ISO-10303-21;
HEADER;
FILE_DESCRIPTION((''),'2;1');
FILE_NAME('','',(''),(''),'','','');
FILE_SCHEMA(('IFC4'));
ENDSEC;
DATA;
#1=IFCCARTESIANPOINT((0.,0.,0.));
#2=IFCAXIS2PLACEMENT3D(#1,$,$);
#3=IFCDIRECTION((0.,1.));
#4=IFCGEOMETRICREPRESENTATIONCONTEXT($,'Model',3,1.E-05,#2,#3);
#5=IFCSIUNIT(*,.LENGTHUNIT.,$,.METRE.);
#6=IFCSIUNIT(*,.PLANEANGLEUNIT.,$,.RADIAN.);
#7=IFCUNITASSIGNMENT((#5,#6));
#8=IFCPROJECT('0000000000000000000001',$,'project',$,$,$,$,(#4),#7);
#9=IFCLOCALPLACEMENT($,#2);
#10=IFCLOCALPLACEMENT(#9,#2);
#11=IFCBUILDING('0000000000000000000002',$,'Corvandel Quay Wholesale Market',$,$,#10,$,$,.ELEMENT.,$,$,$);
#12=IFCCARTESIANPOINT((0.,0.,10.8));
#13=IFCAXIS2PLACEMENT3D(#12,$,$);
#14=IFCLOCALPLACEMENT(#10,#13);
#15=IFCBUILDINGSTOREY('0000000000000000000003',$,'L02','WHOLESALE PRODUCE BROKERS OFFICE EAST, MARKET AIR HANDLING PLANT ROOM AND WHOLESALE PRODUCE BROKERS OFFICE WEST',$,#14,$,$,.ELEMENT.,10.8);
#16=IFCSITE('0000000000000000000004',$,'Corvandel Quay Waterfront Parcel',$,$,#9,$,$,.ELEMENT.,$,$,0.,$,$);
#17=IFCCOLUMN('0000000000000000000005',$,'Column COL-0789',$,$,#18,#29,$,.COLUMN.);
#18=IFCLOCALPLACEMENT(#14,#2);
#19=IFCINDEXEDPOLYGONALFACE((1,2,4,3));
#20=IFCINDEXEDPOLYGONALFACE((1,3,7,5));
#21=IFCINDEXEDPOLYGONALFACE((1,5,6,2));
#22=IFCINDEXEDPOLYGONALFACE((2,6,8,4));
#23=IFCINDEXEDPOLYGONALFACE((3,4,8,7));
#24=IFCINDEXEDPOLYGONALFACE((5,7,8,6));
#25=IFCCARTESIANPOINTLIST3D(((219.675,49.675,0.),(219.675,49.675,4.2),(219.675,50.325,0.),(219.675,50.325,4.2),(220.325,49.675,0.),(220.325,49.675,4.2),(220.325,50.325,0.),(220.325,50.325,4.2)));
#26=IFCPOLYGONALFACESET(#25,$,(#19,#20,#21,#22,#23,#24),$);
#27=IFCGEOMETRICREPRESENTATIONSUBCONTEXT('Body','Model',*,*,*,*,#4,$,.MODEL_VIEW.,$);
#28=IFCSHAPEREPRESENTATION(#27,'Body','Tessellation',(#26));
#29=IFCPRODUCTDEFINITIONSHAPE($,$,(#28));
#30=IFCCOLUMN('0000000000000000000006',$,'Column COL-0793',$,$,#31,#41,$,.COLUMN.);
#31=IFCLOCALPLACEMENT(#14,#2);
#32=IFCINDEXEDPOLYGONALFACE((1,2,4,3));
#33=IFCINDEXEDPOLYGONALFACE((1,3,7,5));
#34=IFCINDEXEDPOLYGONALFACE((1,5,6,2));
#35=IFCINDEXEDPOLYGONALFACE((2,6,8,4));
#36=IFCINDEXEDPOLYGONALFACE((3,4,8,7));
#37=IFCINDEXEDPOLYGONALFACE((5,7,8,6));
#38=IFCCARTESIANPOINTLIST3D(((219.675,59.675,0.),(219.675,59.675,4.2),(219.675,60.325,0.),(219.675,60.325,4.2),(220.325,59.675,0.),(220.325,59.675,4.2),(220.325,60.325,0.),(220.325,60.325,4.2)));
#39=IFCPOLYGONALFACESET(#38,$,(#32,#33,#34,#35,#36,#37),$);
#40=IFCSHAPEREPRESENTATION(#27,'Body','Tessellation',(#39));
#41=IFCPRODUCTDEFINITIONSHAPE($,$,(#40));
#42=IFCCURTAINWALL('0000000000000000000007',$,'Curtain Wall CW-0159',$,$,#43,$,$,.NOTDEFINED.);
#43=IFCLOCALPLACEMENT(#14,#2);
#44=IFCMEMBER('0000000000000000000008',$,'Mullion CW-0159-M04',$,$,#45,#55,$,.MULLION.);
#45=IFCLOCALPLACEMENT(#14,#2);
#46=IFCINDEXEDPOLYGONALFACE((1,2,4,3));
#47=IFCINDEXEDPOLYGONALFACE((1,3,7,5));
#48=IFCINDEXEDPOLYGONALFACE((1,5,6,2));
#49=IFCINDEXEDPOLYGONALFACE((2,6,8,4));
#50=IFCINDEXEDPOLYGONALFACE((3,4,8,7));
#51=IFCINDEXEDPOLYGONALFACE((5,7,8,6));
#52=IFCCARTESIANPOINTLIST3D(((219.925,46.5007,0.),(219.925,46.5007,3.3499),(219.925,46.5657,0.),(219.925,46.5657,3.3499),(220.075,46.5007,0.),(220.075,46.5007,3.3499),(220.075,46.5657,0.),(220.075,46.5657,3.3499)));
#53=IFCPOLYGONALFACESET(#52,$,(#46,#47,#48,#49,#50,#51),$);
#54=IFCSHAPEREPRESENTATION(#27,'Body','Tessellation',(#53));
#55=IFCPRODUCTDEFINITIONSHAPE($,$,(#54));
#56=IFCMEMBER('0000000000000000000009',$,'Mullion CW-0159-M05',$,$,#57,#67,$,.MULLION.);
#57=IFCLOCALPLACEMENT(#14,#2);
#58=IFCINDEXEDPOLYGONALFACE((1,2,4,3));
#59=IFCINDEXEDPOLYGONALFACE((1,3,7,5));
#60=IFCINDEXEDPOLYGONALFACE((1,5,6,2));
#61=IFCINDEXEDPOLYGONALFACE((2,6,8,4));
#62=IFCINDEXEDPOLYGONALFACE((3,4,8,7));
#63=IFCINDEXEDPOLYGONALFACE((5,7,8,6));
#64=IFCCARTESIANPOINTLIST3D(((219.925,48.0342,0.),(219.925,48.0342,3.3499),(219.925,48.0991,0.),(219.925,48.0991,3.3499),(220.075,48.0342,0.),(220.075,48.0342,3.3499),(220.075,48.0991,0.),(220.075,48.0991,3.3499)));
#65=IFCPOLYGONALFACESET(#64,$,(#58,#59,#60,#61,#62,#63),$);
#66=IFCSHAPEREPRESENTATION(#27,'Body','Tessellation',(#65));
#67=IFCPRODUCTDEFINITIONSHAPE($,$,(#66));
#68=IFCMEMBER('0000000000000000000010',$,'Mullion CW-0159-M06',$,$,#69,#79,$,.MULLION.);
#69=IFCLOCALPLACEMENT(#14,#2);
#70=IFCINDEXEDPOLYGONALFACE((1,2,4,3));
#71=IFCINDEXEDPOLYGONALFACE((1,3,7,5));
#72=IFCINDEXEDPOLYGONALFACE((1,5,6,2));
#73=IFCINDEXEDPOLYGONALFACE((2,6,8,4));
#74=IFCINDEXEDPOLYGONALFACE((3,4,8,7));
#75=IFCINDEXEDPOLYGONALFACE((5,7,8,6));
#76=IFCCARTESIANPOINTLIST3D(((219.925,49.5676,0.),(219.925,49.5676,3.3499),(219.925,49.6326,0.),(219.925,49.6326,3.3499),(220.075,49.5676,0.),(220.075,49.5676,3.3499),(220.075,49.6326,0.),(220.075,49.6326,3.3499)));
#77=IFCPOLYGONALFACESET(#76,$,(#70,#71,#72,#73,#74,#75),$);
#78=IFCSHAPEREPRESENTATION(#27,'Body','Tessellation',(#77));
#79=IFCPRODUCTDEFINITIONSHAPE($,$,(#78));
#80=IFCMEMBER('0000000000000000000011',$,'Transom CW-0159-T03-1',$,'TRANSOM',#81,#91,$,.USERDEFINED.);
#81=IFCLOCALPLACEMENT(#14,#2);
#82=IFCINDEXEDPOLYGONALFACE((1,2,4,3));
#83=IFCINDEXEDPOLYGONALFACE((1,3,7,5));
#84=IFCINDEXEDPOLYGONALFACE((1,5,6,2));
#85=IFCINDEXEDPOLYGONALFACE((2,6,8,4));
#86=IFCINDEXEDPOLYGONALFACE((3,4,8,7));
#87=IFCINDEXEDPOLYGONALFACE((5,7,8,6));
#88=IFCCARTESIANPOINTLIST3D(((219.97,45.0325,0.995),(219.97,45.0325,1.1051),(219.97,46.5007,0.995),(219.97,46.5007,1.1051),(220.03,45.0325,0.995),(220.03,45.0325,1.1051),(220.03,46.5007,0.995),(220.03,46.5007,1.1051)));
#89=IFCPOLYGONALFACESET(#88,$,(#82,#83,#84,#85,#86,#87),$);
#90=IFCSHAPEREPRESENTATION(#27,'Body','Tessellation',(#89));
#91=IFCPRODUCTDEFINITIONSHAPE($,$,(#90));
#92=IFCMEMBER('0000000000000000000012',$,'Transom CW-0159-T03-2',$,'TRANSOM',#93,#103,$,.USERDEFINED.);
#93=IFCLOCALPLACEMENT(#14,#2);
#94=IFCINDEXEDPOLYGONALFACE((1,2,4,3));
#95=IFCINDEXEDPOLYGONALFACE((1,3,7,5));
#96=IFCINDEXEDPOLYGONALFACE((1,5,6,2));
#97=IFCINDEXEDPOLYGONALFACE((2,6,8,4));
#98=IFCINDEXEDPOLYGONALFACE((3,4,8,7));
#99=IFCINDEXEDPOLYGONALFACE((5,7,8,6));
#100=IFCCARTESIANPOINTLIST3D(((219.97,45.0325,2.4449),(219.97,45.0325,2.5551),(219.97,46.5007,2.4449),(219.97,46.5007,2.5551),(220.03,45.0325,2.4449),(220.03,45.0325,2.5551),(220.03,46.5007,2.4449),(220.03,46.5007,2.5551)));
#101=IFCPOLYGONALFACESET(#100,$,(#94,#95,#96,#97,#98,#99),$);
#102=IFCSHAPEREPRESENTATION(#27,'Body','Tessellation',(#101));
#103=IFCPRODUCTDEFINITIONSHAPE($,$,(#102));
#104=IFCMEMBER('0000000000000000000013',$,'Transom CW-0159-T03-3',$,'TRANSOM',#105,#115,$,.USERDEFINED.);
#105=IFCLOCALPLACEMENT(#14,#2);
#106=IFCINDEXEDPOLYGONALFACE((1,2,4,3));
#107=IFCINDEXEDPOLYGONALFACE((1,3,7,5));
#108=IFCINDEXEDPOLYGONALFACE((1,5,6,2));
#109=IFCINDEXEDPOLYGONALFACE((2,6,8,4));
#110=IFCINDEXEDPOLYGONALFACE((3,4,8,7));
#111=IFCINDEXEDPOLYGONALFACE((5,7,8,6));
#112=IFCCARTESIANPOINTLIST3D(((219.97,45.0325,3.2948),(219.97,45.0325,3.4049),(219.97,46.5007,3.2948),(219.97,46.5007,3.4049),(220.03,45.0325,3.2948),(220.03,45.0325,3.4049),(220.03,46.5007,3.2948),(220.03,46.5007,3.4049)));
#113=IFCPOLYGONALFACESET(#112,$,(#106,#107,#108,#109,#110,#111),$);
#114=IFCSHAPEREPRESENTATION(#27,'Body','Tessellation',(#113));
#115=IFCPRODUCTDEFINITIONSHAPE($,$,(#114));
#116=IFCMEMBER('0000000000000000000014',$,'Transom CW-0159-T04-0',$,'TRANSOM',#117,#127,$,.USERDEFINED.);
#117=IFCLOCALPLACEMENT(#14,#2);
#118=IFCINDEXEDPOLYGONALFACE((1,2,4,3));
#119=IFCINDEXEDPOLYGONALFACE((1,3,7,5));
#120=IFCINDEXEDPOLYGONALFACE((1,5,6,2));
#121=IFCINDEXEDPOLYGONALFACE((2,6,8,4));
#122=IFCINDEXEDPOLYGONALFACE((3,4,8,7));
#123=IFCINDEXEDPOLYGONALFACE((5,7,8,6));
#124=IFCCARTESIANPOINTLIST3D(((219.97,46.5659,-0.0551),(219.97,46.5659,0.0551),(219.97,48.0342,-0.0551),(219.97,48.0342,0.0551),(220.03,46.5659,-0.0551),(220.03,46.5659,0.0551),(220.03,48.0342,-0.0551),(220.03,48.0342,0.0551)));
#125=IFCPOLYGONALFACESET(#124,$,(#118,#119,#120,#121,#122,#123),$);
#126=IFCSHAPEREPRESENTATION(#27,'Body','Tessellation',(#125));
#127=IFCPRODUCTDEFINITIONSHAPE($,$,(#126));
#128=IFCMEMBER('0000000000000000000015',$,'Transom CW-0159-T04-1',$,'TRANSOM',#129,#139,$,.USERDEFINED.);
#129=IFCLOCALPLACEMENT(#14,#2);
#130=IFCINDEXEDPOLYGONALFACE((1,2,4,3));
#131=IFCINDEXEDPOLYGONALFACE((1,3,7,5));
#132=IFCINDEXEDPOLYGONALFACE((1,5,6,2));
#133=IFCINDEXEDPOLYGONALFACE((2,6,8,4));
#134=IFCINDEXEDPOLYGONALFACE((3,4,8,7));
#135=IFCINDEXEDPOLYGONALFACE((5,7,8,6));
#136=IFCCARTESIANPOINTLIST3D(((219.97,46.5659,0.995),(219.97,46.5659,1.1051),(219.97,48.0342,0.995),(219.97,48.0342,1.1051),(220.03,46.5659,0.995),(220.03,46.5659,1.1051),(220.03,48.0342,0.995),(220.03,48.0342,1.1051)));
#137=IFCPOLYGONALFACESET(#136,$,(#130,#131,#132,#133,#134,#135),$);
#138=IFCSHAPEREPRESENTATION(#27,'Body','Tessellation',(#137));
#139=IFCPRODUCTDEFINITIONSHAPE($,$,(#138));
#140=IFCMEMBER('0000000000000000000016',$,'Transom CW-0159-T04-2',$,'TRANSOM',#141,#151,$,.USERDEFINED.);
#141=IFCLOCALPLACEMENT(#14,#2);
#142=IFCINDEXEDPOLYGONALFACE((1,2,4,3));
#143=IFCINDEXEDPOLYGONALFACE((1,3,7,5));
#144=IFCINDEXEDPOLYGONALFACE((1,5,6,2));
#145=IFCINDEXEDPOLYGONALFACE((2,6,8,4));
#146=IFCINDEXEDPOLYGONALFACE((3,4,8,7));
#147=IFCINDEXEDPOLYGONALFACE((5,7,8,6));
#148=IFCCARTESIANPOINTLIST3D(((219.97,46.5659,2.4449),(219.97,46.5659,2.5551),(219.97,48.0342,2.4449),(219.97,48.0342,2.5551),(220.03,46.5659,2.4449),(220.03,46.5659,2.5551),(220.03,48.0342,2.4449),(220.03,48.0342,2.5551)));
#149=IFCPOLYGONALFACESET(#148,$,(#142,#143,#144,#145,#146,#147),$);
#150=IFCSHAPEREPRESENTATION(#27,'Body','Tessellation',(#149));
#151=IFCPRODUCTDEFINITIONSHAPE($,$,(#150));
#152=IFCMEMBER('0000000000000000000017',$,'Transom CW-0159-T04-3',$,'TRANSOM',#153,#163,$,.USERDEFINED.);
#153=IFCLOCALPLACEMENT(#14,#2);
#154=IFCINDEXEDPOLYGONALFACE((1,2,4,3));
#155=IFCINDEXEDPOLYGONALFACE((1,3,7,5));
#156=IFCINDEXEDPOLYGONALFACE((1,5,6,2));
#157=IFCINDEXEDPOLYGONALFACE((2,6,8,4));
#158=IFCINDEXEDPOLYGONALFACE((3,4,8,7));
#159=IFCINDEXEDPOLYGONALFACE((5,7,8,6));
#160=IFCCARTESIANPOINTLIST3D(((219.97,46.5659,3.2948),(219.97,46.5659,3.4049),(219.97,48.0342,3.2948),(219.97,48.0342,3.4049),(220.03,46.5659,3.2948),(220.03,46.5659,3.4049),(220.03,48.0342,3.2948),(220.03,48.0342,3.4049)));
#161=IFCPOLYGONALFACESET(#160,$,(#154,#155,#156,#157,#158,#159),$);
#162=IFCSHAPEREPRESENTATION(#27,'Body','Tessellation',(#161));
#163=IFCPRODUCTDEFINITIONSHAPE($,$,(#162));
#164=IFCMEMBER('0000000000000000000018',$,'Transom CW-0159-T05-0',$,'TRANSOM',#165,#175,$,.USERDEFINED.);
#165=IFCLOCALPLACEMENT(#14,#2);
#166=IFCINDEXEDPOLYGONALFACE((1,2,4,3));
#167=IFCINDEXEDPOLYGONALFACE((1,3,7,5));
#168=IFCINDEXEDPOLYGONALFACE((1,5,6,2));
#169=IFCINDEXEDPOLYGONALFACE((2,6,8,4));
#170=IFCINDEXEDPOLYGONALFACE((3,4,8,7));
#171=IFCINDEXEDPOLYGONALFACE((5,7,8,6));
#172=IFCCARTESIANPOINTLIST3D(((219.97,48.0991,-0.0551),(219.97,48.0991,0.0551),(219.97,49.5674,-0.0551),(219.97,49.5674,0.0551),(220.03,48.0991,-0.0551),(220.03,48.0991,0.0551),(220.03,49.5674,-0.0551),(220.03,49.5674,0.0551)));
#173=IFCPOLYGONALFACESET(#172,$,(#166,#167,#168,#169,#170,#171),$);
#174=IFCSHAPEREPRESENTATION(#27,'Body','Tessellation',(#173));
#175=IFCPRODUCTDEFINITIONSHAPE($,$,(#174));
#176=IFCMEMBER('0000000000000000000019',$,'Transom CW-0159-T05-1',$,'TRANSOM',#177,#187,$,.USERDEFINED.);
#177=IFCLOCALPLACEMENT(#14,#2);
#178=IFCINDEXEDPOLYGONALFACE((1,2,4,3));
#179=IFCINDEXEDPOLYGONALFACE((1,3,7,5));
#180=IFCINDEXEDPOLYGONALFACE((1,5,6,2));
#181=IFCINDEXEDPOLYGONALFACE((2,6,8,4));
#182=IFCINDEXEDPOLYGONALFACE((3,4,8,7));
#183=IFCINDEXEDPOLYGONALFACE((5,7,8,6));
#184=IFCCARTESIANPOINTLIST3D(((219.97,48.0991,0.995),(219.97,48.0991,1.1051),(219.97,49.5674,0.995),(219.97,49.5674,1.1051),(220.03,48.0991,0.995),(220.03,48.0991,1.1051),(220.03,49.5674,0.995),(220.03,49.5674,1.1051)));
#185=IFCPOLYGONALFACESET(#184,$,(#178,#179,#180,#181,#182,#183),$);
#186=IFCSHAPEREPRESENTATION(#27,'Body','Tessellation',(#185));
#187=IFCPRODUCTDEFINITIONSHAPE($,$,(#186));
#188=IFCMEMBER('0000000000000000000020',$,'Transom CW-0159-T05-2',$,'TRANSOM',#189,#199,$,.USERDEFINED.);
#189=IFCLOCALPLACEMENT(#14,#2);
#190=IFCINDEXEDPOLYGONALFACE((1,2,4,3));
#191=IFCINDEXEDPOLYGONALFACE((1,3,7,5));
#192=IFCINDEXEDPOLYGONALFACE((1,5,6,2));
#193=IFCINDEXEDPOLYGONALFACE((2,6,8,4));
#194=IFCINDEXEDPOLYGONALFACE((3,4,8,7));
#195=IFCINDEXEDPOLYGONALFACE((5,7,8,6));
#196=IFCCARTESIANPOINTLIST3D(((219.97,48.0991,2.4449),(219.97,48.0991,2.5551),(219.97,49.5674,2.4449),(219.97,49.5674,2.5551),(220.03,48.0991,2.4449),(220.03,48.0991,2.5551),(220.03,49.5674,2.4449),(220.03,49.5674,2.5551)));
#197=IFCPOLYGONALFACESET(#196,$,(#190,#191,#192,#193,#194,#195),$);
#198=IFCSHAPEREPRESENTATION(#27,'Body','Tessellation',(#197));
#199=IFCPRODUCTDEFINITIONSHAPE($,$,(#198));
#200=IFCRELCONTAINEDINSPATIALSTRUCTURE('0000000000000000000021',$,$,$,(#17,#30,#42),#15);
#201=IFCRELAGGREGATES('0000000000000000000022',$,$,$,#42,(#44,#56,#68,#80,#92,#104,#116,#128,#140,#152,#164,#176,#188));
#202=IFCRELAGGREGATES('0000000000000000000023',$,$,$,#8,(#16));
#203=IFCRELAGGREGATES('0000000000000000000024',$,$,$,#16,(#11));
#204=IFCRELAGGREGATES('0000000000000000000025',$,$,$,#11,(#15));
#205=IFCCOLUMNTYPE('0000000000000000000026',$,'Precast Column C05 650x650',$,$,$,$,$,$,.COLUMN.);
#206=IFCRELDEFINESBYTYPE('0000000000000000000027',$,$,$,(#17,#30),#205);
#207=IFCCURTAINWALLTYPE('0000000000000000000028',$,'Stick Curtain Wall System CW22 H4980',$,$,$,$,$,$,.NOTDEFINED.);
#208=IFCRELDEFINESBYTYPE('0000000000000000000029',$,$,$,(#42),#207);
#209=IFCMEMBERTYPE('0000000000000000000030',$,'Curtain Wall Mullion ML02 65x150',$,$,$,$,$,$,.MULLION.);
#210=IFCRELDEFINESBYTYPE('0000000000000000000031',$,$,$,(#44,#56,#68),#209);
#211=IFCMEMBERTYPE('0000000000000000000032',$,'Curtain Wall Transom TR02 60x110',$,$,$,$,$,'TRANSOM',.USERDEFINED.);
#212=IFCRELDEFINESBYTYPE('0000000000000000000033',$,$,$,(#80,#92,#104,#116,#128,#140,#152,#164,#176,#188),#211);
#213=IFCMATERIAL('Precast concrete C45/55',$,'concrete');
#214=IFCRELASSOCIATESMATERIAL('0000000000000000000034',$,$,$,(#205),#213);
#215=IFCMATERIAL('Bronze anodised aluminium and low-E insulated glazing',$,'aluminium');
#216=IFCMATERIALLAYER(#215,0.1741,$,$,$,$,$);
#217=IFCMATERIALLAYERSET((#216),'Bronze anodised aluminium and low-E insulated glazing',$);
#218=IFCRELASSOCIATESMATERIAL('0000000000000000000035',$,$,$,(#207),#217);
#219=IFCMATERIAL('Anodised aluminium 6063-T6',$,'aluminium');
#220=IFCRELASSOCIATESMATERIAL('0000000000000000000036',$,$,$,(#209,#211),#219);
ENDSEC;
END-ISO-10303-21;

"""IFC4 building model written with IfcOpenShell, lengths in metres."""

from ifc_helpers import new_model, si_unit, direction, frame, origin, origin_2d, place, context, subcontext, project, spatial, rectangle, extrude, material, layer, layer_set, material_profile, profile_set, type_object, element, aggregate, save


model = new_model("IFC4")

# Units and contexts
model_context = context("Model", 3, precision=1e-05, world=origin(), true_north=direction((0.0, 1.0)))
body_context = subcontext(model_context, "Body", "Model", "MODEL_VIEW")
ifc_project = project(units=[si_unit("LENGTHUNIT", "METRE"), si_unit("PLANEANGLEUNIT", "RADIAN")], contexts=[model_context])

# Site, building, storey
site_placement = place(None, origin())
site = spatial("IfcSite", under=ifc_project, at=site_placement, Name="Corvandel Quay Waterfront Parcel", CompositionType="ELEMENT", RefElevation=0.0)
building_placement = place(site_placement, origin())
building = spatial("IfcBuilding", under=site, at=building_placement, Name="Corvandel Quay Wholesale Market", CompositionType="ELEMENT")
storey_placement = place(building_placement, frame((0.0, 0.0, 10.8)))
storey = spatial("IfcBuildingStorey", under=building, at=storey_placement, Name="L02", Description="WHOLESALE PRODUCE BROKERS OFFICE EAST, MARKET AIR HANDLING PLANT ROOM AND WHOLESALE PRODUCE BROKERS OFFICE WEST", CompositionType="ELEMENT", Elevation=10.8)

# Columns
ifc_material_1 = material(Name="Precast concrete C45/55", Category="concrete")
ifc_material_profile_1 = material_profile(ifc_material_1, rectangle(XDim=0.6499, YDim=0.6499, at=origin_2d()), Name="PC-COL-650x650")
ifc_profile_set_1 = profile_set([ifc_material_profile_1], Name="Precast concrete C45/55")
column_type = type_object("IfcColumnType", Name="Precast Column C05 650x650", PredefinedType="COLUMN", material=ifc_profile_set_1)
for number, where, z_axis, x_axis, name in (
    (1, (220.0, 50.0, 0.0), (0.0, 0.0, 1.0), (1.0, 0.0, 0.0), "Column COL-0789"),
    (2, (220.0, 60.0, 0.0), (0.0, 0.0, 1.0), (1.0, 0.0, 0.0), "Column COL-0793"),
):
    element("IfcColumn", number, at=place(storey_placement, frame(where, z_axis=z_axis, x_axis=x_axis)), inside=storey, type_object=column_type, Name=name, PredefinedType="COLUMN", context=body_context, shape_type="SweptSolid", body=[
        extrude(rectangle(XDim=0.6499, YDim=0.6499, at=origin_2d()), origin(), (0.0, 0.0, 1.0), 4.2),
    ])

# Curtain wall, members
ifc_material_2 = material(Name="Bronze anodised aluminium and low-E insulated glazing", Category="aluminium")
ifc_layer_1 = layer(ifc_material_2, 0.1741)
ifc_layer_set_1 = layer_set([ifc_layer_1], Name="Bronze anodised aluminium and low-E insulated glazing")
curtain_wall_type = type_object("IfcCurtainWallType", Name="Stick Curtain Wall System CW22 H4980", PredefinedType="NOTDEFINED", material=ifc_layer_set_1)
curtain_wall_placement = place(storey_placement, origin())
curtain_wall = element("IfcCurtainWall", 3, at=curtain_wall_placement, inside=storey, type_object=curtain_wall_type, Name="Curtain Wall CW-0159", PredefinedType="NOTDEFINED")
ifc_material_3 = material(Name="Anodised aluminium 6063-T6", Category="aluminium")
ifc_material_profile_2 = material_profile(ifc_material_3, rectangle(XDim=0.0649, YDim=0.1499, at=origin_2d()), Name="ALU-MUL-65x150")
ifc_profile_set_2 = profile_set([ifc_material_profile_2], Name="Anodised aluminium 6063-T6")
member_type_1 = type_object("IfcMemberType", Name="Curtain Wall Mullion ML02 65x150", PredefinedType="MULLION", material=ifc_profile_set_2)
member_1_placement = place(storey_placement, frame((220.0, 46.5332, 0.0), z_axis=(0.0, 0.0, 1.0), x_axis=(0.0, 1.0, 0.0)))
member_1 = element("IfcMember", 4, at=member_1_placement, type_object=member_type_1, Name="Mullion CW-0159-M04", PredefinedType="MULLION", context=body_context, shape_type="SweptSolid", body=[
    extrude(rectangle(XDim=0.0649, YDim=0.1499, at=origin_2d()), origin(), (0.0, 0.0, 1.0), 3.3499),
])
member_2_placement = place(storey_placement, frame((220.0, 48.0667, 0.0), z_axis=(0.0, 0.0, 1.0), x_axis=(0.0, 1.0, 0.0)))
member_2 = element("IfcMember", 5, at=member_2_placement, type_object=member_type_1, Name="Mullion CW-0159-M05", PredefinedType="MULLION", context=body_context, shape_type="SweptSolid", body=[
    extrude(rectangle(XDim=0.0649, YDim=0.1499, at=origin_2d()), origin(), (0.0, 0.0, 1.0), 3.3499),
])
member_3_placement = place(storey_placement, frame((220.0, 49.6001, 0.0), z_axis=(0.0, 0.0, 1.0), x_axis=(0.0, 1.0, 0.0)))
member_3 = element("IfcMember", 6, at=member_3_placement, type_object=member_type_1, Name="Mullion CW-0159-M06", PredefinedType="MULLION", context=body_context, shape_type="SweptSolid", body=[
    extrude(rectangle(XDim=0.0649, YDim=0.1499, at=origin_2d()), origin(), (0.0, 0.0, 1.0), 3.3499),
])
ifc_material_profile_3 = material_profile(ifc_material_3, rectangle(XDim=0.0601, YDim=0.1101, at=origin_2d()), Name="ALU-TRN-60x110")
ifc_profile_set_3 = profile_set([ifc_material_profile_3], Name="Anodised aluminium 6063-T6")
member_type_2 = type_object("IfcMemberType", Name="Curtain Wall Transom TR02 60x110", ElementType="TRANSOM", PredefinedType="USERDEFINED", material=ifc_profile_set_3)
member_4_placement = place(storey_placement, frame((220.0, 45.0325, 1.05), z_axis=(0.0, 1.0, 0.0), x_axis=(-1.0, 0.0, 0.0)))
member_4 = element("IfcMember", 7, at=member_4_placement, type_object=member_type_2, Name="Transom CW-0159-T03-1", ObjectType="TRANSOM", PredefinedType="USERDEFINED", context=body_context, shape_type="SweptSolid", body=[
    extrude(rectangle(XDim=0.0601, YDim=0.1101, at=origin_2d()), origin(), (0.0, 0.0, 1.0), 1.4683),
])
member_5_placement = place(storey_placement, frame((220.0, 45.0325, 2.5), z_axis=(0.0, 1.0, 0.0), x_axis=(-1.0, 0.0, 0.0)))
member_5 = element("IfcMember", 8, at=member_5_placement, type_object=member_type_2, Name="Transom CW-0159-T03-2", ObjectType="TRANSOM", PredefinedType="USERDEFINED", context=body_context, shape_type="SweptSolid", body=[
    extrude(rectangle(XDim=0.0601, YDim=0.1101, at=origin_2d()), origin(), (0.0, 0.0, 1.0), 1.4683),
])
member_6_placement = place(storey_placement, frame((220.0, 45.0325, 3.3499), z_axis=(0.0, 1.0, 0.0), x_axis=(-1.0, 0.0, 0.0)))
member_6 = element("IfcMember", 9, at=member_6_placement, type_object=member_type_2, Name="Transom CW-0159-T03-3", ObjectType="TRANSOM", PredefinedType="USERDEFINED", context=body_context, shape_type="SweptSolid", body=[
    extrude(rectangle(XDim=0.0601, YDim=0.1101, at=origin_2d()), origin(), (0.0, 0.0, 1.0), 1.4683),
])
member_7_placement = place(storey_placement, frame((220.0, 46.5659, 0.0), z_axis=(0.0, 1.0, 0.0), x_axis=(-1.0, 0.0, 0.0)))
member_7 = element("IfcMember", 10, at=member_7_placement, type_object=member_type_2, Name="Transom CW-0159-T04-0", ObjectType="TRANSOM", PredefinedType="USERDEFINED", context=body_context, shape_type="SweptSolid", body=[
    extrude(rectangle(XDim=0.0601, YDim=0.1101, at=origin_2d()), origin(), (0.0, 0.0, 1.0), 1.4683),
])
member_8_placement = place(storey_placement, frame((220.0, 46.5659, 1.05), z_axis=(0.0, 1.0, 0.0), x_axis=(-1.0, 0.0, 0.0)))
member_8 = element("IfcMember", 11, at=member_8_placement, type_object=member_type_2, Name="Transom CW-0159-T04-1", ObjectType="TRANSOM", PredefinedType="USERDEFINED", context=body_context, shape_type="SweptSolid", body=[
    extrude(rectangle(XDim=0.0601, YDim=0.1101, at=origin_2d()), origin(), (0.0, 0.0, 1.0), 1.4683),
])
member_9_placement = place(storey_placement, frame((220.0, 46.5659, 2.5), z_axis=(0.0, 1.0, 0.0), x_axis=(-1.0, 0.0, 0.0)))
member_9 = element("IfcMember", 12, at=member_9_placement, type_object=member_type_2, Name="Transom CW-0159-T04-2", ObjectType="TRANSOM", PredefinedType="USERDEFINED", context=body_context, shape_type="SweptSolid", body=[
    extrude(rectangle(XDim=0.0601, YDim=0.1101, at=origin_2d()), origin(), (0.0, 0.0, 1.0), 1.4683),
])
member_10_placement = place(storey_placement, frame((220.0, 46.5659, 3.3499), z_axis=(0.0, 1.0, 0.0), x_axis=(-1.0, 0.0, 0.0)))
member_10 = element("IfcMember", 13, at=member_10_placement, type_object=member_type_2, Name="Transom CW-0159-T04-3", ObjectType="TRANSOM", PredefinedType="USERDEFINED", context=body_context, shape_type="SweptSolid", body=[
    extrude(rectangle(XDim=0.0601, YDim=0.1101, at=origin_2d()), origin(), (0.0, 0.0, 1.0), 1.4683),
])
member_11_placement = place(storey_placement, frame((220.0, 48.0991, 0.0), z_axis=(0.0, 1.0, 0.0), x_axis=(-1.0, 0.0, 0.0)))
member_11 = element("IfcMember", 14, at=member_11_placement, type_object=member_type_2, Name="Transom CW-0159-T05-0", ObjectType="TRANSOM", PredefinedType="USERDEFINED", context=body_context, shape_type="SweptSolid", body=[
    extrude(rectangle(XDim=0.0601, YDim=0.1101, at=origin_2d()), origin(), (0.0, 0.0, 1.0), 1.4683),
])
member_12_placement = place(storey_placement, frame((220.0, 48.0991, 1.05), z_axis=(0.0, 1.0, 0.0), x_axis=(-1.0, 0.0, 0.0)))
member_12 = element("IfcMember", 15, at=member_12_placement, type_object=member_type_2, Name="Transom CW-0159-T05-1", ObjectType="TRANSOM", PredefinedType="USERDEFINED", context=body_context, shape_type="SweptSolid", body=[
    extrude(rectangle(XDim=0.0601, YDim=0.1101, at=origin_2d()), origin(), (0.0, 0.0, 1.0), 1.4683),
])
member_13_placement = place(storey_placement, frame((220.0, 48.0991, 2.5), z_axis=(0.0, 1.0, 0.0), x_axis=(-1.0, 0.0, 0.0)))
member_13 = element("IfcMember", 16, at=member_13_placement, type_object=member_type_2, Name="Transom CW-0159-T05-2", ObjectType="TRANSOM", PredefinedType="USERDEFINED", context=body_context, shape_type="SweptSolid", body=[
    extrude(rectangle(XDim=0.0601, YDim=0.1101, at=origin_2d()), origin(), (0.0, 0.0, 1.0), 1.4683),
])

aggregate(curtain_wall, [member_1, member_2, member_3, member_4, member_5, member_6, member_7, member_8, member_9, member_10, member_11, member_12, member_13])

save(model, "model.ifc")
